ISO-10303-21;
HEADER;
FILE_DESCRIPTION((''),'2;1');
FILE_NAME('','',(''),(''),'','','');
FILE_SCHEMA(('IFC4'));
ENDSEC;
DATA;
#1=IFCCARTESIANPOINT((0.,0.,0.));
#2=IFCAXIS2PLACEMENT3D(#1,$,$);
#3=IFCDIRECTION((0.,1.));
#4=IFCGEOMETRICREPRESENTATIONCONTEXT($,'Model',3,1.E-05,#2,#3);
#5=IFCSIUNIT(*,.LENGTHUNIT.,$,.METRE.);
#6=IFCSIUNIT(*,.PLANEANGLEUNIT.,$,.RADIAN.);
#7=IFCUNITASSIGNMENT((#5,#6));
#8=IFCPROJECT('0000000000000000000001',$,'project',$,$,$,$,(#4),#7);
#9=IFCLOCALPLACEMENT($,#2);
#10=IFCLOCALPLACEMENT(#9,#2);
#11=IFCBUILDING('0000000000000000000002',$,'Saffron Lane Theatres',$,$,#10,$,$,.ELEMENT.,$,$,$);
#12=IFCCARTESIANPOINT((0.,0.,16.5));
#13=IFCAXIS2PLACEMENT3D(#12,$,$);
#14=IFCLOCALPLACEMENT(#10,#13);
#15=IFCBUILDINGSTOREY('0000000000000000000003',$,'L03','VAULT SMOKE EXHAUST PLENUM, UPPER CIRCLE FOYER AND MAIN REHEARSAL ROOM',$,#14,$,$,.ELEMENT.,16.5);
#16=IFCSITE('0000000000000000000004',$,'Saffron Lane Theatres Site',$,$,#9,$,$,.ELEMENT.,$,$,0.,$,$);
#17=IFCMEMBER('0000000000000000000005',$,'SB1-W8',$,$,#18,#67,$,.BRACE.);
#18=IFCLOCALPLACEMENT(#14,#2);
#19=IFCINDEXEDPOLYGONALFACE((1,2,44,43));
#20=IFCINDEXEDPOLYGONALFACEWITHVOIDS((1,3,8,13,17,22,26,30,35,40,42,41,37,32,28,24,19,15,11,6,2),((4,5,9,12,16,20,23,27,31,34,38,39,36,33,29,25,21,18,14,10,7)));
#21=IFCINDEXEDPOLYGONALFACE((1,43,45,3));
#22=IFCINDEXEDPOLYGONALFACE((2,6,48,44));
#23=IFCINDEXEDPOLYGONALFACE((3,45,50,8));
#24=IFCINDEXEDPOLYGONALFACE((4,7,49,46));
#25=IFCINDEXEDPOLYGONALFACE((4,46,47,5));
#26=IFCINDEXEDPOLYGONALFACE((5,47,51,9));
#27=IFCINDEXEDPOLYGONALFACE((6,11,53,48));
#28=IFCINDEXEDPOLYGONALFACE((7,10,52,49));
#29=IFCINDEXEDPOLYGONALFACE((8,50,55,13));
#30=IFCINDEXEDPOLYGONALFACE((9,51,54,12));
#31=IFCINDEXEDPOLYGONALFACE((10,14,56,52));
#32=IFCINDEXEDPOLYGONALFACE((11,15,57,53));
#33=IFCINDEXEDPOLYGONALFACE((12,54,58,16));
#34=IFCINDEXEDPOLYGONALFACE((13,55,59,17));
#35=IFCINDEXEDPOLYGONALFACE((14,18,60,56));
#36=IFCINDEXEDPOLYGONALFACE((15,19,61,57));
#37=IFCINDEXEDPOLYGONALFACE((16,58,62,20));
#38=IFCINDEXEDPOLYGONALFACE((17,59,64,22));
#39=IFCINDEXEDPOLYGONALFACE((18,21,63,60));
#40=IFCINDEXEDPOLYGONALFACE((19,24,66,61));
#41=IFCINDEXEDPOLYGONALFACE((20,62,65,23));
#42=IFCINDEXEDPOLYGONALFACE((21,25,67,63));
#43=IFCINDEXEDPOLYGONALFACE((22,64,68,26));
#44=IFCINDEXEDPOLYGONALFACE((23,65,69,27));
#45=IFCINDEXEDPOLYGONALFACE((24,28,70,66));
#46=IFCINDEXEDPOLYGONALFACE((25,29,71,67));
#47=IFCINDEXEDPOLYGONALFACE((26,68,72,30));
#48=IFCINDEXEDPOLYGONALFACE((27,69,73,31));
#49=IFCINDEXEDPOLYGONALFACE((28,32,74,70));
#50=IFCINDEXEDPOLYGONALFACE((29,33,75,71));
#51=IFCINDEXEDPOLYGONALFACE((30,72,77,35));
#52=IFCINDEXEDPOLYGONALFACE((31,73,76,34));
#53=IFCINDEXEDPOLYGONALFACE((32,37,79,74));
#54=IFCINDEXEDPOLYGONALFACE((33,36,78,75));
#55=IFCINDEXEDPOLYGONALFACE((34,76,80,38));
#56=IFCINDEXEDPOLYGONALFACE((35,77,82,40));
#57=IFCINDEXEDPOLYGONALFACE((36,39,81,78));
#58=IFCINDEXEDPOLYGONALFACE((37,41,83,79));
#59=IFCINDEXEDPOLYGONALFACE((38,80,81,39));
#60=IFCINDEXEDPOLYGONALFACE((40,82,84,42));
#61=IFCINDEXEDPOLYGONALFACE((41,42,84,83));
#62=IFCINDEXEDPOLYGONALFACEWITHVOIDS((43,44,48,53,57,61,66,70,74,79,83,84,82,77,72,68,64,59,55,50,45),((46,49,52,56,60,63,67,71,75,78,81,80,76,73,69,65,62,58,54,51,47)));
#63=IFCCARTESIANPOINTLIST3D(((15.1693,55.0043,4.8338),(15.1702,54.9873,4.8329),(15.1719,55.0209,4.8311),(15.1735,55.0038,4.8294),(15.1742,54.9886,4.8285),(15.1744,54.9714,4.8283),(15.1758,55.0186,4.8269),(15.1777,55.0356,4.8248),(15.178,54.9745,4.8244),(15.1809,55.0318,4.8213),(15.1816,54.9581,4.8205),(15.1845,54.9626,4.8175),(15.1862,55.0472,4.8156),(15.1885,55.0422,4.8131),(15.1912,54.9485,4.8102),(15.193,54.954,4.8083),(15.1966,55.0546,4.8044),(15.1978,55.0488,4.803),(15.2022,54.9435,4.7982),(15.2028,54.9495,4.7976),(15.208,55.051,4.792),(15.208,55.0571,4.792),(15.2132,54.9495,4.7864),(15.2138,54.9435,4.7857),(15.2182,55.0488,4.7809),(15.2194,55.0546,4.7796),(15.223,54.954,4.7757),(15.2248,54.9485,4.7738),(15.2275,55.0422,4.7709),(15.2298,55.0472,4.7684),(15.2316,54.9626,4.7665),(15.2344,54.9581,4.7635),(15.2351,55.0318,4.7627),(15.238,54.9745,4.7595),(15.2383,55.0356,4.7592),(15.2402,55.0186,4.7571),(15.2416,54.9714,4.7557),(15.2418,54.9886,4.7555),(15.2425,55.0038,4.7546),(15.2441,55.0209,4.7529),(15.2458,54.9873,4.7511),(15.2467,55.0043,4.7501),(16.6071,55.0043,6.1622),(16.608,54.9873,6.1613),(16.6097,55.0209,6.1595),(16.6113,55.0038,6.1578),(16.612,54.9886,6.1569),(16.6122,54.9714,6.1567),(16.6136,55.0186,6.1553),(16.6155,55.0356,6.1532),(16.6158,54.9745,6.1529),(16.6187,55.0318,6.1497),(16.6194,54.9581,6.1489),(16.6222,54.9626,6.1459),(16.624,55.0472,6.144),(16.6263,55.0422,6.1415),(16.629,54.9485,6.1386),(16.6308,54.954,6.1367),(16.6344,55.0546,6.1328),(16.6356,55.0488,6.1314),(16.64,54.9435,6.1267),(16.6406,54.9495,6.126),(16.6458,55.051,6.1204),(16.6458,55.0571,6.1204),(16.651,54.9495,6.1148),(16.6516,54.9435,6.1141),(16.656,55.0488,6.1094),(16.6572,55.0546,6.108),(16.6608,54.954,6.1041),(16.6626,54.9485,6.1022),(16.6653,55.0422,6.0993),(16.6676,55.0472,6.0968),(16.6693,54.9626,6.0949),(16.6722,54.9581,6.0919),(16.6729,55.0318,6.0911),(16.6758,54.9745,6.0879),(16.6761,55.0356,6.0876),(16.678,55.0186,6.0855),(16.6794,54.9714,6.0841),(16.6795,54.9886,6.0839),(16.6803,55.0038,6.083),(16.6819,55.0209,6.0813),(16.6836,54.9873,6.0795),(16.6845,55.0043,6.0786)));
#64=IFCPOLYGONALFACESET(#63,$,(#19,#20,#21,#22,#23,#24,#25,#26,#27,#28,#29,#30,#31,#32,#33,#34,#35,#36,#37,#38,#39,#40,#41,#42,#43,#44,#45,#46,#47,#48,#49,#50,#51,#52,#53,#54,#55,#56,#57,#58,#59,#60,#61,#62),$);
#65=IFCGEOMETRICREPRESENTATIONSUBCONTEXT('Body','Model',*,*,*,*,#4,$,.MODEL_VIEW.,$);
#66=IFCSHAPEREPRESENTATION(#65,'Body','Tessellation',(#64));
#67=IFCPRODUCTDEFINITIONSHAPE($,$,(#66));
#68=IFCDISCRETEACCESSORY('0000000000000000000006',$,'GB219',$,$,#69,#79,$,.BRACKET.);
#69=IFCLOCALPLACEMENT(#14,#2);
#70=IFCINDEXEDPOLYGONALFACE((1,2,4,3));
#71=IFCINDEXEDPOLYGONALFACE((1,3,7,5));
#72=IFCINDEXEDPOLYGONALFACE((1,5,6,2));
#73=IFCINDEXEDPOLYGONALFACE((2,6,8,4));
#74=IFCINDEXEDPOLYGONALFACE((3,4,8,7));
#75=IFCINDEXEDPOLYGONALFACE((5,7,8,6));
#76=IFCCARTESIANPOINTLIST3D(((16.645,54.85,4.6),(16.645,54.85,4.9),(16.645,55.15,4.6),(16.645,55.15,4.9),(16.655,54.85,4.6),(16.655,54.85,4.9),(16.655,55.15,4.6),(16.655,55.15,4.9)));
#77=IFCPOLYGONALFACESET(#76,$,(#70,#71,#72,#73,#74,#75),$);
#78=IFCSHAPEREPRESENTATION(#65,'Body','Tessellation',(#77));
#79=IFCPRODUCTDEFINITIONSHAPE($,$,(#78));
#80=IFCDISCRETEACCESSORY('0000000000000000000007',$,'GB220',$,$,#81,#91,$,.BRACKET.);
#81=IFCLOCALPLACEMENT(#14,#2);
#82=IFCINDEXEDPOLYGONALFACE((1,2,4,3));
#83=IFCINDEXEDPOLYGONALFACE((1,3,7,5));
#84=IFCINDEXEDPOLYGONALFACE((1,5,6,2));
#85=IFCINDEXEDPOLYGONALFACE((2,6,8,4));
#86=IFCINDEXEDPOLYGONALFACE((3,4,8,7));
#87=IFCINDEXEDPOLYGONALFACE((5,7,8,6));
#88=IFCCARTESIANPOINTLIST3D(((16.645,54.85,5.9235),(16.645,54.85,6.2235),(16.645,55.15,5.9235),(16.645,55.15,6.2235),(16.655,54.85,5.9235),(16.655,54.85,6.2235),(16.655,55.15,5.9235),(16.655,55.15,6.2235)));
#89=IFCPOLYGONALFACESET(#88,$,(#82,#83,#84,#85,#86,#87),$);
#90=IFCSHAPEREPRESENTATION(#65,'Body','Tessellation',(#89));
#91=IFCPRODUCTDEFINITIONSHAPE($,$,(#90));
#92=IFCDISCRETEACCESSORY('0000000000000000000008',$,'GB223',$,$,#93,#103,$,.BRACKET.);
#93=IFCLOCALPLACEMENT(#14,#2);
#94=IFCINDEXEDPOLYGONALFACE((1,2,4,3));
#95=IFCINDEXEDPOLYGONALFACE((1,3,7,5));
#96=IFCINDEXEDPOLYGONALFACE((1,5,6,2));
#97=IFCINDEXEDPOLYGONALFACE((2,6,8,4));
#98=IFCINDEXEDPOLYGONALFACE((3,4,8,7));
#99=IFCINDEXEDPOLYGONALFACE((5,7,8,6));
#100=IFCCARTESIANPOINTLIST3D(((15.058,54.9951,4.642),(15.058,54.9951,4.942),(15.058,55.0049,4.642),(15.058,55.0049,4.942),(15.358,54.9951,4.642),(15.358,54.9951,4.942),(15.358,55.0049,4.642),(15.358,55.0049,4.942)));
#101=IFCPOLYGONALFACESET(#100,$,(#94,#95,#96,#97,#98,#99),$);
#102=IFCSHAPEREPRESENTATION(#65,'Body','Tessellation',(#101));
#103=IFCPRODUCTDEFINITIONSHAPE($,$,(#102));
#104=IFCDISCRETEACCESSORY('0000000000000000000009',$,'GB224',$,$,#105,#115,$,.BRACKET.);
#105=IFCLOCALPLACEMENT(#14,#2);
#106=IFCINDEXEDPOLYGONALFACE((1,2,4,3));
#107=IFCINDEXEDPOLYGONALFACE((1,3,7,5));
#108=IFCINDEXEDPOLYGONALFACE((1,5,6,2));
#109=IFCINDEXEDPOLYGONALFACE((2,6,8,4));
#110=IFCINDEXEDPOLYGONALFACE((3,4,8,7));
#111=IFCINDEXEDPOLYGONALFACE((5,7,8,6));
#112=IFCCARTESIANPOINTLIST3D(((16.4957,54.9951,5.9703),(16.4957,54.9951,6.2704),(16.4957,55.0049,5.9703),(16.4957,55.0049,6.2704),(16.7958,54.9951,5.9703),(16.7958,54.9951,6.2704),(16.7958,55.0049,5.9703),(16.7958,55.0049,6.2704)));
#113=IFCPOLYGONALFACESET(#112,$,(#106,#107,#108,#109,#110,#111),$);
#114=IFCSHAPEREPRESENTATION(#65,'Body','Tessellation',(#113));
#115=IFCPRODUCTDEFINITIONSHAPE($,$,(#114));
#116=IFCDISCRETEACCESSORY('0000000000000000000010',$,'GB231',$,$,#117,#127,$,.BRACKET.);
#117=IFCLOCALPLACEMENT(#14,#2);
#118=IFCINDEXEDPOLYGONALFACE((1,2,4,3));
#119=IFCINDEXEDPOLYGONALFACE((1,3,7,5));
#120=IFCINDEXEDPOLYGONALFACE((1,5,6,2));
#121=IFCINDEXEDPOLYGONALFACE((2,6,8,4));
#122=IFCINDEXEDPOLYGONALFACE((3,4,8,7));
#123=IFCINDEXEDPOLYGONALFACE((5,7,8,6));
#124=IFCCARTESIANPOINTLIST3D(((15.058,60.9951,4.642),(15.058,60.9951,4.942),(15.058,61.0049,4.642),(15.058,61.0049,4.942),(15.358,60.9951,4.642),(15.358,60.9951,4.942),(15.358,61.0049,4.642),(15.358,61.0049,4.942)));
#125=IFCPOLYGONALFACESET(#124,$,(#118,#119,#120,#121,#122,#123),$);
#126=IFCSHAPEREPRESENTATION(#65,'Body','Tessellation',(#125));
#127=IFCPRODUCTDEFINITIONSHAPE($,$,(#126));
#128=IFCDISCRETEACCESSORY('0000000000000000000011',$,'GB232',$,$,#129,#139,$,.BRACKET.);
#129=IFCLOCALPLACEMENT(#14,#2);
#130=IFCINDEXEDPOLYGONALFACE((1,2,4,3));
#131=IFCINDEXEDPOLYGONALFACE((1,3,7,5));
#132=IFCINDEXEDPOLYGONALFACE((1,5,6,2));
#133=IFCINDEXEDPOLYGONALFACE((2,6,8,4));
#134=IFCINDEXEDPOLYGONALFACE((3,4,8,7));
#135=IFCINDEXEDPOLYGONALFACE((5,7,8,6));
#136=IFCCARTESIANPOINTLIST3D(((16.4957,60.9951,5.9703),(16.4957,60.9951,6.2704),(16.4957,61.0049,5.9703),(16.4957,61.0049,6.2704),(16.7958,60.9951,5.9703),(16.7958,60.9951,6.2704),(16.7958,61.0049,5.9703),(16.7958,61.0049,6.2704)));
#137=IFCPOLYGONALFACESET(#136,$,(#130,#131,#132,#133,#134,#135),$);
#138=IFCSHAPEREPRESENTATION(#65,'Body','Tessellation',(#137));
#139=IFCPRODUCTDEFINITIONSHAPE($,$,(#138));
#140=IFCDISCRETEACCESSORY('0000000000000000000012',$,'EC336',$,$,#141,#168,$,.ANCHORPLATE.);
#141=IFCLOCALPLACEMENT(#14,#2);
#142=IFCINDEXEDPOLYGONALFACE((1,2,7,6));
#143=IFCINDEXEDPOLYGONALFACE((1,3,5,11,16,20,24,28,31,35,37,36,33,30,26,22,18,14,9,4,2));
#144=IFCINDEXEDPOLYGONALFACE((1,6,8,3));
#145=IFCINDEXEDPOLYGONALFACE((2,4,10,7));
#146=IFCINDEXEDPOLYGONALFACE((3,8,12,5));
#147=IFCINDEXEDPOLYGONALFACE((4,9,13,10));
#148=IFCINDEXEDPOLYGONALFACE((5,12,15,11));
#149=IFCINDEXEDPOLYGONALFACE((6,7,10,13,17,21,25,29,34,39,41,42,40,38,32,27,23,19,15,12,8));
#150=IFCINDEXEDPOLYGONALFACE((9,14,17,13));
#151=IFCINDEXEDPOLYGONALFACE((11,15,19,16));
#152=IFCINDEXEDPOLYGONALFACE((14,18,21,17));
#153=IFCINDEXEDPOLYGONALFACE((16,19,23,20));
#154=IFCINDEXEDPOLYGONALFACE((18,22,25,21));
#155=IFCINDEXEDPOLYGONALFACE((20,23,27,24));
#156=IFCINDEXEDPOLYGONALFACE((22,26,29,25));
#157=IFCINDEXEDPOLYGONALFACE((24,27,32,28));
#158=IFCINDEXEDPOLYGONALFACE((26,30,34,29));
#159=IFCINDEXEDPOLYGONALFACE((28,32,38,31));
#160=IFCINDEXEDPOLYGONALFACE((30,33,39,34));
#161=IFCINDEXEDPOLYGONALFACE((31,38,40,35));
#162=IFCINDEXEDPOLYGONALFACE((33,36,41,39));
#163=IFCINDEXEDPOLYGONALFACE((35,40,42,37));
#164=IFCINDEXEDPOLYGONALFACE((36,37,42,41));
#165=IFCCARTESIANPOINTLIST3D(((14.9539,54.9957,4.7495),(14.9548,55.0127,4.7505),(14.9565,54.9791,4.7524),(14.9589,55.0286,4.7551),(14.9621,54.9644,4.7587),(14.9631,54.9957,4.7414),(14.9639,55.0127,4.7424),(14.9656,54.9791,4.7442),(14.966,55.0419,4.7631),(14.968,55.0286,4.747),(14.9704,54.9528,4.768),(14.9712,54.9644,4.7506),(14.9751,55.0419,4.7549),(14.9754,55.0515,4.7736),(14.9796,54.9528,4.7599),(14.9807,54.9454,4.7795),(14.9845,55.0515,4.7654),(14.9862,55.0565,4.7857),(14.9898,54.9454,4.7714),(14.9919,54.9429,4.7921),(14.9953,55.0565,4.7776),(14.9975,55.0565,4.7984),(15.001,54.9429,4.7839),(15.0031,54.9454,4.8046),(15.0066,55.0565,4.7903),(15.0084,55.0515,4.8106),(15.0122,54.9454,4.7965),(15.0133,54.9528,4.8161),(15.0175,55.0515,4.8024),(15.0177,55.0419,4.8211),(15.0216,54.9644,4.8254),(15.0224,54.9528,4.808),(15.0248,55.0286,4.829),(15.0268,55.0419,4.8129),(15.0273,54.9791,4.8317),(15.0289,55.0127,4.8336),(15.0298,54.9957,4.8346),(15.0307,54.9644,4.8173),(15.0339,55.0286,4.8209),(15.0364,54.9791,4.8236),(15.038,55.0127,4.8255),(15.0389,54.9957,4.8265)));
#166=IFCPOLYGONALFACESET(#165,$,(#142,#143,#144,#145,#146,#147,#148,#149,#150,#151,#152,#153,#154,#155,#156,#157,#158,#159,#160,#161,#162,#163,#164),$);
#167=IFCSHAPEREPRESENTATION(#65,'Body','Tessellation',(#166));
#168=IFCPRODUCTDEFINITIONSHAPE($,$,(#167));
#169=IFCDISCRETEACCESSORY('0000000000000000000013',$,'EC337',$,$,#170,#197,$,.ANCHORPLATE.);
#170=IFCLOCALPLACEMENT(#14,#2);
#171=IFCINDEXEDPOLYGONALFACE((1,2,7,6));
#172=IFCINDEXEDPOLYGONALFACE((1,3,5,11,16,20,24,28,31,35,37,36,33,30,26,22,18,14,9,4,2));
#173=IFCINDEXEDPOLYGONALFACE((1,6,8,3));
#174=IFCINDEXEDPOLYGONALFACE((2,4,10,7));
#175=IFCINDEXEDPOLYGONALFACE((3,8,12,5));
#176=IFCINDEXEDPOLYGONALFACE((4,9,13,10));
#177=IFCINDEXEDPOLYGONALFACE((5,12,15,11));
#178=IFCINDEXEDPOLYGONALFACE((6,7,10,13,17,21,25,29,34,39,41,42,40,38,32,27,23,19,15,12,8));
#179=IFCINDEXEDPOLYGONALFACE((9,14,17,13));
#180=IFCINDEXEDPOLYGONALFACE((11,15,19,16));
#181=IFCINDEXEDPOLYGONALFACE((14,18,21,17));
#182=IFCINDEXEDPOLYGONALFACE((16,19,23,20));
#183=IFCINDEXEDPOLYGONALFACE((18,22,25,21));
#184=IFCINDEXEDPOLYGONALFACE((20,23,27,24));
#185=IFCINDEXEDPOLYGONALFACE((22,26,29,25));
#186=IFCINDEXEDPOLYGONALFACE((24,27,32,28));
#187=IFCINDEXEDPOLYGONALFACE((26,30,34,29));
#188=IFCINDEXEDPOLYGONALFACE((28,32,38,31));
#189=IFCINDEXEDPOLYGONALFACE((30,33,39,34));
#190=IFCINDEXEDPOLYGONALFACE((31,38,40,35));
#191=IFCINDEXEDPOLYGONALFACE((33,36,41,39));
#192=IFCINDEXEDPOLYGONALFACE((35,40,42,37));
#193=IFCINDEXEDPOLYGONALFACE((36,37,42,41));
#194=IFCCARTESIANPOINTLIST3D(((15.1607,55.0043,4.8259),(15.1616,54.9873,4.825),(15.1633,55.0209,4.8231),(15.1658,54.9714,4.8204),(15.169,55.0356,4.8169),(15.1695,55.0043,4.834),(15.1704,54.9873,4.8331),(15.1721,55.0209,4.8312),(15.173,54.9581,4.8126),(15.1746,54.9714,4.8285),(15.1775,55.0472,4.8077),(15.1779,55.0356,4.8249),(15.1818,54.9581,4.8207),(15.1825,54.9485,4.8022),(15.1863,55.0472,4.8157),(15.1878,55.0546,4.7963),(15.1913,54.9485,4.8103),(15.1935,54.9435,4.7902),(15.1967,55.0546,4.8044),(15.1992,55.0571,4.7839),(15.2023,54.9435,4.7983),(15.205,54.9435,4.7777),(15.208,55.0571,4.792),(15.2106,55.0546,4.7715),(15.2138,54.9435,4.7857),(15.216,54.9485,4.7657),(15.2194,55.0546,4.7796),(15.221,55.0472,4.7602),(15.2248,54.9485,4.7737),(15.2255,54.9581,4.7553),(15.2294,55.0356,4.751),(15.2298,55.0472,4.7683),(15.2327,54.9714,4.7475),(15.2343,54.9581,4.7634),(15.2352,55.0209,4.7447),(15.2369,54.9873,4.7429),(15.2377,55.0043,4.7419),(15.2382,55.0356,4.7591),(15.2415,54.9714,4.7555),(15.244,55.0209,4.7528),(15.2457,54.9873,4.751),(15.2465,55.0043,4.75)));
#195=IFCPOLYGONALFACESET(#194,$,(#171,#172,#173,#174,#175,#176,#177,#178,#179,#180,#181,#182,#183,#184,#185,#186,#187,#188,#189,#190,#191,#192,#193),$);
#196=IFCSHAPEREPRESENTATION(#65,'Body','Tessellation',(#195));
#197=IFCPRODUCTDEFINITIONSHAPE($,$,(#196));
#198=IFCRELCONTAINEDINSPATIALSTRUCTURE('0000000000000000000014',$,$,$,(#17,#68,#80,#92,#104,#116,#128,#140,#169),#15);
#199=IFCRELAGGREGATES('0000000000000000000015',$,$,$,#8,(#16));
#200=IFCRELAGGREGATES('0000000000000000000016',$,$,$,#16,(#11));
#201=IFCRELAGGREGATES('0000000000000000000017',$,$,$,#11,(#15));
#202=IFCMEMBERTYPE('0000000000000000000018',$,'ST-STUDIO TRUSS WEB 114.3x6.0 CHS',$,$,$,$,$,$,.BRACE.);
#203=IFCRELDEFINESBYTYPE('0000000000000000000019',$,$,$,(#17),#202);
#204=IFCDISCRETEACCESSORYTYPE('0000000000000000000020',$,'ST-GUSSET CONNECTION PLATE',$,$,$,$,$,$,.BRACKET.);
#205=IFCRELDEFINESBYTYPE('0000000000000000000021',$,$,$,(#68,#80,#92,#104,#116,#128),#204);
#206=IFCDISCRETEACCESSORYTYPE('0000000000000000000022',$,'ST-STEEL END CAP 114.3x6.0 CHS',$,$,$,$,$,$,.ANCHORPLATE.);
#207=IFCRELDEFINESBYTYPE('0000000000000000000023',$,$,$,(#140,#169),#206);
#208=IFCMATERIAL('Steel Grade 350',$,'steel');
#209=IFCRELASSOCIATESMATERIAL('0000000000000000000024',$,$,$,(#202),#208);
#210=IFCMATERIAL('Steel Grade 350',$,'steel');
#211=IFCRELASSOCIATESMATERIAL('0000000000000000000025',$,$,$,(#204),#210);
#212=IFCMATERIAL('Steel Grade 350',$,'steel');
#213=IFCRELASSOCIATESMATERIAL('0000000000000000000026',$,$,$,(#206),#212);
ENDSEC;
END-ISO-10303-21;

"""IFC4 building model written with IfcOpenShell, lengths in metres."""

from ifc_helpers import new_model, si_unit, direction, frame, origin, origin_2d, place, context, subcontext, project, spatial, rectangle, circle, hollow_circle, extrude, material, material_profile, profile_set, type_object, element, save


model = new_model("IFC4")

# Units and contexts
model_context = context("Model", 3, precision=1e-05, world=origin(), true_north=direction((0.0, 1.0)))
body_context = subcontext(model_context, "Body", "Model", "MODEL_VIEW")
ifc_project = project(units=[si_unit("LENGTHUNIT", "METRE"), si_unit("PLANEANGLEUNIT", "RADIAN")], contexts=[model_context])

# Site, building, storey
site_placement = place(None, origin())
site = spatial("IfcSite", under=ifc_project, at=site_placement, Name="Saffron Lane Theatres Site", CompositionType="ELEMENT", RefElevation=0.0)
building_placement = place(site_placement, origin())
building = spatial("IfcBuilding", under=site, at=building_placement, Name="Saffron Lane Theatres", CompositionType="ELEMENT")
storey_placement = place(building_placement, frame((0.0, 0.0, 16.5)))
storey = spatial("IfcBuildingStorey", under=building, at=storey_placement, Name="L03", Description="VAULT SMOKE EXHAUST PLENUM, UPPER CIRCLE FOYER AND MAIN REHEARSAL ROOM", CompositionType="ELEMENT", Elevation=16.5)

# Member
ifc_material_1 = material(Name="Steel Grade 350", Category="steel")
ifc_material_profile_1 = material_profile(ifc_material_1, hollow_circle(Radius=0.0571, WallThickness=0.0061, at=origin_2d()))
ifc_profile_set_1 = profile_set([ifc_material_profile_1], Name="Steel Grade 350")
member_type_1 = type_object("IfcMemberType", Name="ST-STUDIO TRUSS WEB 114.3x6.0 CHS", PredefinedType="BRACE", material=ifc_profile_set_1)
member_1_placement = place(storey_placement, frame((15.208, 55.0, 4.792), z_axis=(0.734493, 0.0, 0.678617), x_axis=(0.0, 1.0, 0.0)))
element("IfcMember", 1, at=member_1_placement, inside=storey, type_object=member_type_1, Name="SB1-W8", PredefinedType="BRACE", context=body_context, shape_type="SweptSolid", body=[
    extrude(hollow_circle(Radius=0.0571, WallThickness=0.0061, at=origin_2d()), origin(), (0.0, 0.0, 1.0), 1.9575),
])

# Discrete accessories
ifc_material_2 = material(Name="Steel Grade 350", Category="steel")
ifc_material_profile_2 = material_profile(ifc_material_2, rectangle(XDim=0.3, YDim=0.3, at=origin_2d()))
ifc_profile_set_2 = profile_set([ifc_material_profile_2], Name="Steel Grade 350")
discrete_accessory_type_1 = type_object("IfcDiscreteAccessoryType", Name="ST-GUSSET CONNECTION PLATE", PredefinedType="BRACKET", material=ifc_profile_set_2)
for number, where, z_axis, x_axis, name in (
    (2, (16.645, 55.0, 4.75), (1.0, 0.0, 0.0), (0.0, 1.0, 0.0), "GB219"),
    (3, (16.645, 55.0, 6.0735), (1.0, 0.0, 0.0), (0.0, 1.0, 0.0), "GB220"),
):
    element("IfcDiscreteAccessory", number, at=place(storey_placement, frame(where, z_axis=z_axis, x_axis=x_axis)), inside=storey, type_object=discrete_accessory_type_1, Name=name, PredefinedType="BRACKET", context=body_context, shape_type="SweptSolid", body=[
        extrude(rectangle(XDim=0.3, YDim=0.3, at=origin_2d()), origin(), (0.0, 0.0, 1.0), 0.01),
    ])
for number, where, z_axis, x_axis, name in (
    (4, (15.208, 54.9951, 4.792), (0.0, 1.0, 0.0), (-1.0, 0.0, 0.0), "GB223"),
    (5, (16.6458, 54.9951, 6.1204), (0.0, 1.0, 0.0), (-1.0, 0.0, 0.0), "GB224"),
    (6, (15.208, 60.9951, 4.792), (0.0, 1.0, 0.0), (-1.0, 0.0, 0.0), "GB231"),
    (7, (16.6458, 60.9951, 6.1204), (0.0, 1.0, 0.0), (-1.0, 0.0, 0.0), "GB232"),
):
    element("IfcDiscreteAccessory", number, at=place(storey_placement, frame(where, z_axis=z_axis, x_axis=x_axis)), inside=storey, type_object=discrete_accessory_type_1, Name=name, PredefinedType="BRACKET", context=body_context, shape_type="SweptSolid", body=[
        extrude(rectangle(XDim=0.3, YDim=0.3, at=origin_2d()), origin(), (0.0, 0.0, 1.0), 0.0098),
    ])
ifc_material_3 = material(Name="Steel Grade 350", Category="steel")
ifc_material_profile_3 = material_profile(ifc_material_3, circle(Radius=0.0571, at=origin_2d()))
ifc_profile_set_3 = profile_set([ifc_material_profile_3], Name="Steel Grade 350")
discrete_accessory_type_2 = type_object("IfcDiscreteAccessoryType", Name="ST-STEEL END CAP 114.3x6.0 CHS", PredefinedType="ANCHORPLATE", material=ifc_profile_set_3)
discrete_accessory_1_placement = place(storey_placement, frame((15.001, 55.0, 4.7839), z_axis=(-0.746295, 0.0, 0.665615), x_axis=(0.0, -1.0, 0.0)))
element("IfcDiscreteAccessory", 8, at=discrete_accessory_1_placement, inside=storey, type_object=discrete_accessory_type_2, Name="EC336", PredefinedType="ANCHORPLATE", context=body_context, shape_type="SweptSolid", body=[
    extrude(circle(Radius=0.0571, at=origin_2d()), origin(), (0.0, 0.0, 1.0), 0.0122),
])
discrete_accessory_2_placement = place(storey_placement, frame((15.1992, 55.0, 4.7839), z_axis=(0.737154, 0.0, 0.675725), x_axis=(0.0, 1.0, 0.0)))
element("IfcDiscreteAccessory", 9, at=discrete_accessory_2_placement, inside=storey, type_object=discrete_accessory_type_2, Name="EC337", PredefinedType="ANCHORPLATE", context=body_context, shape_type="SweptSolid", body=[
    extrude(circle(Radius=0.0571, at=origin_2d()), origin(), (0.0, 0.0, 1.0), 0.012),
])

save(model, "model.ifc")
